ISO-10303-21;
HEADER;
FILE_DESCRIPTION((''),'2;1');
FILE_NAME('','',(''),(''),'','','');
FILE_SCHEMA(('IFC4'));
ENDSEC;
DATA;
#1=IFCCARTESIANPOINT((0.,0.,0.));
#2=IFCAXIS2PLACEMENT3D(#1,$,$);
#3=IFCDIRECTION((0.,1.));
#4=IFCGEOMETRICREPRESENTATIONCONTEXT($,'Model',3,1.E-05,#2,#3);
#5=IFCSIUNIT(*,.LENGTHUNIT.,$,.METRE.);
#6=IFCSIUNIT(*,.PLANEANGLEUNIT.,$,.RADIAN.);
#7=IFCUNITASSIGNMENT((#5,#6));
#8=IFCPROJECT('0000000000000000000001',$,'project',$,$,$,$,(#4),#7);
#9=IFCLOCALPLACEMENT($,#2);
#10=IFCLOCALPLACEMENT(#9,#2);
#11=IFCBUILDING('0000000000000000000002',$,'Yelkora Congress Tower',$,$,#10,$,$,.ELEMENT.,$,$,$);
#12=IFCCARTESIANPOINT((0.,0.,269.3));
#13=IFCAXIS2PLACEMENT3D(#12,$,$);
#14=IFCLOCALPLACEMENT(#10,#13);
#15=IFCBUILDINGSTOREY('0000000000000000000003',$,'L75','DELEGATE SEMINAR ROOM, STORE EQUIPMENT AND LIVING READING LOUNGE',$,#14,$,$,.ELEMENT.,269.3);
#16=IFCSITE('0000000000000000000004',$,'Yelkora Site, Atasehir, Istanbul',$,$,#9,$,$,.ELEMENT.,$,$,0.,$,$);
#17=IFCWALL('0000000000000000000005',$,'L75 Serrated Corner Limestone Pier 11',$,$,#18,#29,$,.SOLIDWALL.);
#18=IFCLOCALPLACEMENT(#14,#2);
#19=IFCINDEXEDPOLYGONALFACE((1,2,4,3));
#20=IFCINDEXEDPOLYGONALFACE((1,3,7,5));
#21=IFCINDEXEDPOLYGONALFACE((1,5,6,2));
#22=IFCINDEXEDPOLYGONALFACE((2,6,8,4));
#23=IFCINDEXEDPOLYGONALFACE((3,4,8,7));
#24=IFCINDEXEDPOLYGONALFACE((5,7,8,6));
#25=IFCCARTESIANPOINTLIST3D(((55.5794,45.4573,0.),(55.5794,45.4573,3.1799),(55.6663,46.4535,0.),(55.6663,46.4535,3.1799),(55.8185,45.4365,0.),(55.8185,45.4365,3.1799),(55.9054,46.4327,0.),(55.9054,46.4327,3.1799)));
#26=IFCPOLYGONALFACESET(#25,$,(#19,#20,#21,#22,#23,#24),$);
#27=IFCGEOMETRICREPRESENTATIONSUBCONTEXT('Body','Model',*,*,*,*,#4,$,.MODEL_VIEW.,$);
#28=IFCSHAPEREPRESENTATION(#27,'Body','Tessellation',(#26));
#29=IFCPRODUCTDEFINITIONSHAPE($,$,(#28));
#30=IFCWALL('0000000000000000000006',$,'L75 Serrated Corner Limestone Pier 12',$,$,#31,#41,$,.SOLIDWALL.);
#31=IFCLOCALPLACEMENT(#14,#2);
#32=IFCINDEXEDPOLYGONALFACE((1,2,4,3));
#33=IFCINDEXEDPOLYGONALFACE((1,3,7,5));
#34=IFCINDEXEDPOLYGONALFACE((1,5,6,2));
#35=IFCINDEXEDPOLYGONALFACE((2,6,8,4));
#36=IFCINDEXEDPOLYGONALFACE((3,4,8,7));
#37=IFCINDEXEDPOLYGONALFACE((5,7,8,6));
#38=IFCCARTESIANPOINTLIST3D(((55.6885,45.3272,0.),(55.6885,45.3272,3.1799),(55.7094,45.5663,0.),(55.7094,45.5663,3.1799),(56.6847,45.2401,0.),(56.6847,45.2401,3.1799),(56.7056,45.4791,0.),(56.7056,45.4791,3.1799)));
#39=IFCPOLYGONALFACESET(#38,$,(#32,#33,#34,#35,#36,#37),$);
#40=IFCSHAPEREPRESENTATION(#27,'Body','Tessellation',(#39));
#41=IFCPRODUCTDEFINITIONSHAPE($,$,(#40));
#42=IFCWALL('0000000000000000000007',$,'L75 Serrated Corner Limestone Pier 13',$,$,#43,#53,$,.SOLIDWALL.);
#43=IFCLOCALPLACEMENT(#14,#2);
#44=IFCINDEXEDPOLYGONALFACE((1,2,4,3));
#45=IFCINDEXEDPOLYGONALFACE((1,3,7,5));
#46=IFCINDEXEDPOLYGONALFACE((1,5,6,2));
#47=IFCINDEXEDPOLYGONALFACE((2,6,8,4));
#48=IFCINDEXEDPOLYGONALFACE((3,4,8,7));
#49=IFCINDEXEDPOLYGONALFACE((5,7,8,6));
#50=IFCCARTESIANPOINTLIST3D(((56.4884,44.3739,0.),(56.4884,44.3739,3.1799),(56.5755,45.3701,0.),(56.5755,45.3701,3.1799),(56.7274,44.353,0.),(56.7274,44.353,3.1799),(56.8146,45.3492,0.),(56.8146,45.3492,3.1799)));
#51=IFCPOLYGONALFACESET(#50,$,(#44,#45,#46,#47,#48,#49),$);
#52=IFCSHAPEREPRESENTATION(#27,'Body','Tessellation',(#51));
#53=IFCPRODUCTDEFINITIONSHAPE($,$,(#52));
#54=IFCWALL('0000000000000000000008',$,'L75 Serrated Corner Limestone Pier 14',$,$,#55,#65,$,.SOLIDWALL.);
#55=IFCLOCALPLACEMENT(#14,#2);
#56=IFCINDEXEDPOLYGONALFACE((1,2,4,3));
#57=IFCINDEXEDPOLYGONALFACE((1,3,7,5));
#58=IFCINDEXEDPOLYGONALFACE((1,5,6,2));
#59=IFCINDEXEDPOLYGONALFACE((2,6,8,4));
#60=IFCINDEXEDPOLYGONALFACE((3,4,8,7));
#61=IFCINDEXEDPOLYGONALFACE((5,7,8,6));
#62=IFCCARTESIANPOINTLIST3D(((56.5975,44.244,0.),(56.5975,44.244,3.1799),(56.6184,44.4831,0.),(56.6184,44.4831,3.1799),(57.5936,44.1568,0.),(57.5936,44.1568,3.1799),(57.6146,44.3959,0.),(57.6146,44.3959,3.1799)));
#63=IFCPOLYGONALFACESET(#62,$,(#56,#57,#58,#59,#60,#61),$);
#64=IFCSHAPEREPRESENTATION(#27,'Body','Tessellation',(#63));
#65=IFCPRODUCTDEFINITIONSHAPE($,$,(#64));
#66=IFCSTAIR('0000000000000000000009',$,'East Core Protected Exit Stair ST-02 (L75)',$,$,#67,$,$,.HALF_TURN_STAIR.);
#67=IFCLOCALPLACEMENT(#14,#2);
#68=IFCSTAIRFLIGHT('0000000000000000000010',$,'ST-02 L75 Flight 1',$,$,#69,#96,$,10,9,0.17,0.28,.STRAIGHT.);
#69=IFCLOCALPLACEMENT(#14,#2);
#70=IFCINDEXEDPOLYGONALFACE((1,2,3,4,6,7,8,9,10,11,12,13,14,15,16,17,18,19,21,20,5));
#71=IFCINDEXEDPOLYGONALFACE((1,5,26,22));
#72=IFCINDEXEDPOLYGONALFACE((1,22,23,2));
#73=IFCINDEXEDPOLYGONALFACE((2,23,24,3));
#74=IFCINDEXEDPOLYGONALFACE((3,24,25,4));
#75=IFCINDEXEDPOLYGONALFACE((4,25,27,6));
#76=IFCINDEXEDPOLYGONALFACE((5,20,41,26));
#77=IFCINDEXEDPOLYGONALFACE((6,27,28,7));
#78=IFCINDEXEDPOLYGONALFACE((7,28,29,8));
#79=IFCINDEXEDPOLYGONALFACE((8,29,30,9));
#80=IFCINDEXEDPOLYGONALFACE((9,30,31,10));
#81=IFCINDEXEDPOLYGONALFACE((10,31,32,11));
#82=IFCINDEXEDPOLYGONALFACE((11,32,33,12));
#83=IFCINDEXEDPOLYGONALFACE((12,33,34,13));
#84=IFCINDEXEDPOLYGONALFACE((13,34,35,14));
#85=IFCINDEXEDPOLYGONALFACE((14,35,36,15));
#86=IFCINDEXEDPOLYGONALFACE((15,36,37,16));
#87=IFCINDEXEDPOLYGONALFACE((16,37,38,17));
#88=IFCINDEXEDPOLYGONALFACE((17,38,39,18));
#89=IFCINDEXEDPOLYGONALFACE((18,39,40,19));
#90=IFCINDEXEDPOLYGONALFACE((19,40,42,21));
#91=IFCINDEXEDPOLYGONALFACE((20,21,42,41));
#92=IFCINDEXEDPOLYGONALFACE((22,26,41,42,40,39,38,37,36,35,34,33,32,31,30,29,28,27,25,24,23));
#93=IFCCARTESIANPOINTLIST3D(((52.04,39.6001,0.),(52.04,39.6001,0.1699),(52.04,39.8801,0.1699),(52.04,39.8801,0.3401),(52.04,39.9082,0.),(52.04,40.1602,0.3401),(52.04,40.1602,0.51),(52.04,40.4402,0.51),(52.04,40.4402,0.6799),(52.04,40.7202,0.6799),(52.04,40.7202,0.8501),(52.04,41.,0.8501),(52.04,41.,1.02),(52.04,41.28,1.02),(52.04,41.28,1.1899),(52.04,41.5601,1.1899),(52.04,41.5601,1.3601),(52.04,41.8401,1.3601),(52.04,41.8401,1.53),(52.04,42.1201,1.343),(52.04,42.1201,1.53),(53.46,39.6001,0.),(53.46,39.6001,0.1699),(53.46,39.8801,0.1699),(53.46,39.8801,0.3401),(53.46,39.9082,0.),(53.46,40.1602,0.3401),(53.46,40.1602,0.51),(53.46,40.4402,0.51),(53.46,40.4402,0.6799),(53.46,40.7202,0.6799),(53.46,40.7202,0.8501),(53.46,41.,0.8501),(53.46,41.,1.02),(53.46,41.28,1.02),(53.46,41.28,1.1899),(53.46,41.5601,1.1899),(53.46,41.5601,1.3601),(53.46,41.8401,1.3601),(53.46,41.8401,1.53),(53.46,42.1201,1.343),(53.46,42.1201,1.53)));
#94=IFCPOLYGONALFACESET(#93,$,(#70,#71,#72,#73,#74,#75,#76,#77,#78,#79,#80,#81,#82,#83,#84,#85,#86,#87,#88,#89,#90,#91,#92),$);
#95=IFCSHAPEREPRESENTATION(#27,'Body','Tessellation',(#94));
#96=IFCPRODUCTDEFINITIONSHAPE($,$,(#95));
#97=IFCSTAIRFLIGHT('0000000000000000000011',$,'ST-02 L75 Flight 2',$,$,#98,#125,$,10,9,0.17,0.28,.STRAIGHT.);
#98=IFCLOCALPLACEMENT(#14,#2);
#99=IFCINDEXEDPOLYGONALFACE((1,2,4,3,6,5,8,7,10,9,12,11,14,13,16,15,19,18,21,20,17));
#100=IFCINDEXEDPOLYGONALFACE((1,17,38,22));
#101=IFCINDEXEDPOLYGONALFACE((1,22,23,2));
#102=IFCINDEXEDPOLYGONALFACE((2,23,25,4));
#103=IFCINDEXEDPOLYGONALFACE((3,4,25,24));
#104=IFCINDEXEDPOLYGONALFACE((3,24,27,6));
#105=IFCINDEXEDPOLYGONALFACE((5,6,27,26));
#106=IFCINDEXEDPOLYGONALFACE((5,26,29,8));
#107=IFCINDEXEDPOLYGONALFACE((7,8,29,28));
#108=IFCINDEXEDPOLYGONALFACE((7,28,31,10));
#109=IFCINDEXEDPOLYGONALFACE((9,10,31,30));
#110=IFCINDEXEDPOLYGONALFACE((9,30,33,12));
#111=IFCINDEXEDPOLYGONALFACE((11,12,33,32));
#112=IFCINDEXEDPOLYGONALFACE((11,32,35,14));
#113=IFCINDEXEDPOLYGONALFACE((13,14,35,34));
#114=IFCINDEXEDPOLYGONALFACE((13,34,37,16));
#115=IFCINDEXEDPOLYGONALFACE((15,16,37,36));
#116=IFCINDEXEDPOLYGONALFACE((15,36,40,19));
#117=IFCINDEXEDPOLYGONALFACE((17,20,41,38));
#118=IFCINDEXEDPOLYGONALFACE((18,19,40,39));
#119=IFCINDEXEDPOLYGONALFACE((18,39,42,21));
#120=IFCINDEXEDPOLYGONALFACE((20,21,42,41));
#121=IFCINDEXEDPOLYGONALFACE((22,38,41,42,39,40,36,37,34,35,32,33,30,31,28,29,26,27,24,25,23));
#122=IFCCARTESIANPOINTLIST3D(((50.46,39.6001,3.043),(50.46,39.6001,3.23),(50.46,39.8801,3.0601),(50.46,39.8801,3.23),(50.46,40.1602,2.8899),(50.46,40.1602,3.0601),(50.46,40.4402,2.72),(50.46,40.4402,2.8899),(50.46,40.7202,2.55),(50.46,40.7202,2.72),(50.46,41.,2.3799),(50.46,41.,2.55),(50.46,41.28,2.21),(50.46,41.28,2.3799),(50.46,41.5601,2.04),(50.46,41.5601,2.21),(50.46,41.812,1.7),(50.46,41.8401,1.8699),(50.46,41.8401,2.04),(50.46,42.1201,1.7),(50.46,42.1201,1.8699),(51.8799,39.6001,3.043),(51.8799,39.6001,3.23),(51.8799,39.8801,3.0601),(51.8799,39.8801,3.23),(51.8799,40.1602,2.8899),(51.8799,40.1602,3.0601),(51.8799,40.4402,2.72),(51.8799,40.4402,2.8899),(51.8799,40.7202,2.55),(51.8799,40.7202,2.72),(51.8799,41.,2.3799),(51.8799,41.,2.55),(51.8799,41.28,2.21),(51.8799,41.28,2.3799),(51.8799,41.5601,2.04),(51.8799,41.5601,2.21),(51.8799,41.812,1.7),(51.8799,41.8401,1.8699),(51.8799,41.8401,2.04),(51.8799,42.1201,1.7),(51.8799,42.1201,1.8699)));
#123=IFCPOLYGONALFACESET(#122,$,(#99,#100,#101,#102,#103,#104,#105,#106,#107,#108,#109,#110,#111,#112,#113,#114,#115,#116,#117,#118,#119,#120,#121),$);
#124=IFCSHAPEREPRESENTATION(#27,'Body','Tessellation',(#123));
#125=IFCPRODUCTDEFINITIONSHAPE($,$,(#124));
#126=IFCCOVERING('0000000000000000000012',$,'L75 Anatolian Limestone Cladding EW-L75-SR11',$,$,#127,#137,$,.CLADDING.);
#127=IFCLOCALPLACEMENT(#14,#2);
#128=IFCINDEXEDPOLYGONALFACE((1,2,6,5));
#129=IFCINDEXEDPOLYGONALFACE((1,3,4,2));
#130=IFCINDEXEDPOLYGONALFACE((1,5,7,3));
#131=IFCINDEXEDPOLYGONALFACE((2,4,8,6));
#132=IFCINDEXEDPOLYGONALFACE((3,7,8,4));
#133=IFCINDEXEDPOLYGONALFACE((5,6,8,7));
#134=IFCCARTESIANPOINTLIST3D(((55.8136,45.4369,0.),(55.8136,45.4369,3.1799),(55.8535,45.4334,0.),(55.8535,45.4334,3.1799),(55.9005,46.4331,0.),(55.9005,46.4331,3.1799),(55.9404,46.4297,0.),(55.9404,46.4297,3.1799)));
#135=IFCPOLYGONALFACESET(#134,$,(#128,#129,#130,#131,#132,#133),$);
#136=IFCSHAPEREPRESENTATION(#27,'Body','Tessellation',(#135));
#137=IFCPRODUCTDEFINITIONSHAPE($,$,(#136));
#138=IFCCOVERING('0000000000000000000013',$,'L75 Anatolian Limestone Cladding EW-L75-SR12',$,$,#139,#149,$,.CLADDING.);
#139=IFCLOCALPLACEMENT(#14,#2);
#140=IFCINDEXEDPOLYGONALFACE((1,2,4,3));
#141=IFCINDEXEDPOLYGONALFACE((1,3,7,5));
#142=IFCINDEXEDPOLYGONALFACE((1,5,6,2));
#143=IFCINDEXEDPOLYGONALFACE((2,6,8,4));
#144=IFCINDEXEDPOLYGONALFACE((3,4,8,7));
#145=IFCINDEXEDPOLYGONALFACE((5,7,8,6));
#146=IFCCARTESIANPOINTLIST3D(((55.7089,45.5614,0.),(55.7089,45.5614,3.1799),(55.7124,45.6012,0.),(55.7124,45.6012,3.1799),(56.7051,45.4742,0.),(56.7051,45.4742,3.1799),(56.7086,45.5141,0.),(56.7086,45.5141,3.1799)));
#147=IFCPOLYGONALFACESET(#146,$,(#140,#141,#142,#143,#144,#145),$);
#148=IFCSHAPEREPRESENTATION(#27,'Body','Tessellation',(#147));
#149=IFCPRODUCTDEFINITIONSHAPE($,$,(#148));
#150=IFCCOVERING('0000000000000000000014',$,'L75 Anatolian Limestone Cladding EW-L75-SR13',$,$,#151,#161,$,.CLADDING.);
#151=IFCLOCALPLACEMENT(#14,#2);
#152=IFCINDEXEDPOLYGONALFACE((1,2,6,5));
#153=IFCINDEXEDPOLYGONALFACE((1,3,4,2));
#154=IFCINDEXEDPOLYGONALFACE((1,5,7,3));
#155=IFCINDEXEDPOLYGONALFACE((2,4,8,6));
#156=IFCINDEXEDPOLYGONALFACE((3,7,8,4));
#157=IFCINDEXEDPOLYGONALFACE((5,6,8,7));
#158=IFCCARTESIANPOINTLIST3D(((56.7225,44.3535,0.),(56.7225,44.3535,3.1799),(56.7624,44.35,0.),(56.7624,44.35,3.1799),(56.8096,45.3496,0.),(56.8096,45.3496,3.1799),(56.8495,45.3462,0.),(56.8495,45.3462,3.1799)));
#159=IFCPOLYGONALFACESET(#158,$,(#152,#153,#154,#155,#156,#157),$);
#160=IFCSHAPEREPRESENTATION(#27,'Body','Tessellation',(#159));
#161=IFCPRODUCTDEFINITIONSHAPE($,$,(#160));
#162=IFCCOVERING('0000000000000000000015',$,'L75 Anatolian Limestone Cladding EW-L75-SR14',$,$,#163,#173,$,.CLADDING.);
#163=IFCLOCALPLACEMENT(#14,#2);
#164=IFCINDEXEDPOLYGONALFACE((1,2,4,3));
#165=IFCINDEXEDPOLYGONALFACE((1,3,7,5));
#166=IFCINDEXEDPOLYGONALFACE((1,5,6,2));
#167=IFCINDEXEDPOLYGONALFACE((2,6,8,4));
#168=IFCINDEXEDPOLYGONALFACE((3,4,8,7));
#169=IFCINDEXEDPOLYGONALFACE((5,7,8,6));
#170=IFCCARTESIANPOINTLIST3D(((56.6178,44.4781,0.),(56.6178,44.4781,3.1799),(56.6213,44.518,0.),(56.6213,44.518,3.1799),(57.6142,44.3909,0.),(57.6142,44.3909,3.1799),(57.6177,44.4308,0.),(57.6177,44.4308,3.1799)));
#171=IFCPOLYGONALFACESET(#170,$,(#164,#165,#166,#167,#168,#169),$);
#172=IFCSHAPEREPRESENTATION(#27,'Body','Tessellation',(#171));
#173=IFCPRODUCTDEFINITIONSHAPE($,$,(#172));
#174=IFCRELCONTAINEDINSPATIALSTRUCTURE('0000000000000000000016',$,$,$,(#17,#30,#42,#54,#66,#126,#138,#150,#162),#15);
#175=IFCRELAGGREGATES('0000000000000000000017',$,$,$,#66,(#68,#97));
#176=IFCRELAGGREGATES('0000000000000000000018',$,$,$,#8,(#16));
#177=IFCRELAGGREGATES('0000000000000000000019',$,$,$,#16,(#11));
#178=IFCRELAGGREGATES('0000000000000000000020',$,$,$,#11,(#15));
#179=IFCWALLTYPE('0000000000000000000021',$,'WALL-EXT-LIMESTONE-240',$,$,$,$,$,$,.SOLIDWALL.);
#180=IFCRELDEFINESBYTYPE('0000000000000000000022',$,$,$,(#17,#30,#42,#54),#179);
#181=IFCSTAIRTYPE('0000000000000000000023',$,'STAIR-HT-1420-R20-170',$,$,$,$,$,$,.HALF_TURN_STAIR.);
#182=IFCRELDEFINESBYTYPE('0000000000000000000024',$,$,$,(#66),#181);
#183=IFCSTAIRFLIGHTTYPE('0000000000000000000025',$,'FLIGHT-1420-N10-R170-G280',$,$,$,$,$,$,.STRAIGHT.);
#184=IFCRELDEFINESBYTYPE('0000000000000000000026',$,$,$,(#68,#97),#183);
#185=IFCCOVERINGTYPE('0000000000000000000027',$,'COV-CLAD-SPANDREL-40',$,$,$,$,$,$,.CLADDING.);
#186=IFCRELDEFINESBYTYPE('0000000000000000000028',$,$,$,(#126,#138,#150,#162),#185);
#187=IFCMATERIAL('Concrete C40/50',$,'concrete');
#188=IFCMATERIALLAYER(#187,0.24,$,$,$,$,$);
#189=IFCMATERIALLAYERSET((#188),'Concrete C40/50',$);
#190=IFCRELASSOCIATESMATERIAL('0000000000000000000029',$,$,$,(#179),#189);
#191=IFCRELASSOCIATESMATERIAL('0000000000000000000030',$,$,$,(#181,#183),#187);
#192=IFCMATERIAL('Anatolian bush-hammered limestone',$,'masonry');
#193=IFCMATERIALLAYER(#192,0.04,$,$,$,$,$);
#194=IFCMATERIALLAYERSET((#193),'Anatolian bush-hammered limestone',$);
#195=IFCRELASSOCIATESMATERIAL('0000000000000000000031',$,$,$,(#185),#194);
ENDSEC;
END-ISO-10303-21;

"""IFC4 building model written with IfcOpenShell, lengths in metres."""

from ifc_helpers import new_model, si_unit, direction, frame, frame_2d, origin, place, context, subcontext, project, spatial, polyline, rectangle, outline, extrude, material, layer, layer_set, type_object, element, aggregate, save


model = new_model("IFC4")

# Units and contexts
model_context = context("Model", 3, precision=1e-05, world=origin(), true_north=direction((0.0, 1.0)))
body_context = subcontext(model_context, "Body", "Model", "MODEL_VIEW")
ifc_project = project(units=[si_unit("LENGTHUNIT", "METRE"), si_unit("PLANEANGLEUNIT", "RADIAN")], contexts=[model_context])

# Site, building, storey
site_placement = place(None, origin())
site = spatial("IfcSite", under=ifc_project, at=site_placement, Name="Yelkora Site, Atasehir, Istanbul", CompositionType="ELEMENT", RefElevation=0.0)
building_placement = place(site_placement, origin())
building = spatial("IfcBuilding", under=site, at=building_placement, Name="Yelkora Congress Tower", CompositionType="ELEMENT")
storey_placement = place(building_placement, frame((0.0, 0.0, 269.3)))
storey = spatial("IfcBuildingStorey", under=building, at=storey_placement, Name="L75", Description="DELEGATE SEMINAR ROOM, STORE EQUIPMENT AND LIVING READING LOUNGE", CompositionType="ELEMENT", Elevation=269.3)

# Walls
ifc_material_1 = material(Name="Concrete C40/50", Category="concrete")
ifc_layer_1 = layer(ifc_material_1, 0.24)
ifc_layer_set_1 = layer_set([ifc_layer_1], Name="Concrete C40/50")
wall_type_1 = type_object("IfcWallType", Name="WALL-EXT-LIMESTONE-240", PredefinedType="SOLIDWALL", material=ifc_layer_set_1)
for number, where, z_axis, x_axis, name in (
    (1, (55.7859, 46.4431, 0.0), (0.0, 0.0, 1.0), (-0.086903, -0.996217, 0.0), "L75 Serrated Corner Limestone Pier 11"),
    (2, (55.699, 45.4468, 0.0), (0.0, 0.0, 1.0), (0.996194, -0.087167, 0.0), "L75 Serrated Corner Limestone Pier 12"),
    (3, (56.6951, 45.3596, 0.0), (0.0, 0.0, 1.0), (-0.087167, -0.996194, 0.0), "L75 Serrated Corner Limestone Pier 13"),
    (4, (56.6079, 44.3635, 0.0), (0.0, 0.0, 1.0), (0.996194, -0.087167, 0.0), "L75 Serrated Corner Limestone Pier 14"),
):
    element("IfcWall", number, at=place(storey_placement, frame(where, z_axis=z_axis, x_axis=x_axis)), inside=storey, type_object=wall_type_1, Name=name, PredefinedType="SOLIDWALL", context=body_context, shape_type="SweptSolid", body=[
        extrude(rectangle(XDim=1.0, YDim=0.24, at=frame_2d((0.5, 0.0))), origin(), (0.0, 0.0, 1.0), 3.1799),
    ])

# Stair, stair flights
stair_type = type_object("IfcStairType", Name="STAIR-HT-1420-R20-170", PredefinedType="HALF_TURN_STAIR", material=ifc_material_1)
stair_placement = place(storey_placement, origin())
stair = element("IfcStair", 5, at=stair_placement, inside=storey, type_object=stair_type, Name="East Core Protected Exit Stair ST-02 (L75)", PredefinedType="HALF_TURN_STAIR")
stair_flight_type = type_object("IfcStairFlightType", Name="FLIGHT-1420-N10-R170-G280", PredefinedType="STRAIGHT", material=ifc_material_1)
stair_flight_1_placement = place(storey_placement, frame((52.75, 39.6001, 0.0), z_axis=(0.0, 0.0, 1.0), x_axis=(0.0, 1.0, 0.0)))
stair_flight_1 = element("IfcStairFlight", 6, at=stair_flight_1_placement, type_object=stair_flight_type, Name="ST-02 L75 Flight 1", NumberOfRisers=10, NumberOfTreads=9, PredefinedType="STRAIGHT", RiserHeight=0.17, TreadLength=0.28, context=body_context, shape_type="SweptSolid", body=[
    extrude(outline(polyline([(0.0, 0.0), (0.0, 0.1699), (0.28, 0.1699), (0.28, 0.3401), (0.5601, 0.3401), (0.5601, 0.51), (0.8401, 0.51), (0.8401, 0.6799), (1.1201, 0.6799), (1.1201, 0.8501), (1.3999, 0.8501), (1.3999, 1.02), (1.6799, 1.02), (1.6799, 1.1899), (1.96, 1.1899), (1.96, 1.3601), (2.24, 1.3601), (2.24, 1.53), (2.52, 1.53), (2.52, 1.7), (2.52, 1.343), (0.3081, 0.0), (0.0, 0.0)])), frame((0.0, 0.71, 0.0), z_axis=(0.0, -1.0, 0.0), x_axis=(1.0, 0.0, 0.0)), (0.0, 0.0, 1.0), 1.4199),
])
stair_flight_2_placement = place(storey_placement, frame((51.1699, 42.1201, 1.7), z_axis=(0.0, 0.0, 1.0), x_axis=(0.0, -1.0, 0.0)))
stair_flight_2 = element("IfcStairFlight", 7, at=stair_flight_2_placement, type_object=stair_flight_type, Name="ST-02 L75 Flight 2", NumberOfRisers=10, NumberOfTreads=9, PredefinedType="STRAIGHT", RiserHeight=0.17, TreadLength=0.28, context=body_context, shape_type="SweptSolid", body=[
    extrude(outline(polyline([(0.0, 0.0), (0.0, 0.1699), (0.28, 0.1699), (0.28, 0.3401), (0.5601, 0.3401), (0.5601, 0.51), (0.8401, 0.51), (0.8401, 0.6799), (1.1201, 0.6799), (1.1201, 0.8501), (1.3999, 0.8501), (1.3999, 1.02), (1.6799, 1.02), (1.6799, 1.1899), (1.96, 1.1899), (1.96, 1.3601), (2.24, 1.3601), (2.24, 1.53), (2.52, 1.53), (2.52, 1.7), (2.52, 1.343), (0.3081, 0.0), (0.0, 0.0)])), frame((0.0, 0.71, 0.0), z_axis=(0.0, -1.0, 0.0), x_axis=(1.0, 0.0, 0.0)), (0.0, 0.0, 1.0), 1.4199),
])
aggregate(stair, [stair_flight_1, stair_flight_2])

# Coverings
ifc_material_2 = material(Name="Anatolian bush-hammered limestone", Category="masonry")
ifc_layer_2 = layer(ifc_material_2, 0.04)
ifc_layer_set_2 = layer_set([ifc_layer_2], Name="Anatolian bush-hammered limestone")
covering_type = type_object("IfcCoveringType", Name="COV-CLAD-SPANDREL-40", PredefinedType="CLADDING", material=ifc_layer_set_2)
for number, where, z_axis, x_axis, name in (
    (8, (55.9204, 46.4314, 0.0), (0.0, 0.0, 1.0), (-0.086903, -0.996217, 0.0), "L75 Anatolian Limestone Cladding EW-L75-SR11"),
    (9, (55.7107, 45.5813, 0.0), (0.0, 0.0, 1.0), (0.996194, -0.087167, 0.0), "L75 Anatolian Limestone Cladding EW-L75-SR12"),
    (10, (56.8296, 45.3479, 0.0), (0.0, 0.0, 1.0), (-0.087167, -0.996194, 0.0), "L75 Anatolian Limestone Cladding EW-L75-SR13"),
):
    element("IfcCovering", number, at=place(storey_placement, frame(where, z_axis=z_axis, x_axis=x_axis)), inside=storey, type_object=covering_type, Name=name, PredefinedType="CLADDING", context=body_context, shape_type="SweptSolid", body=[
        extrude(rectangle(XDim=1.0, YDim=0.04, at=frame_2d((0.5, 0.0))), origin(), (0.0, 0.0, 1.0), 3.1799),
    ])
covering_placement = place(storey_placement, frame((56.6196, 44.498, 0.0), z_axis=(0.0, 0.0, 1.0), x_axis=(0.996196, -0.087146, 0.0)))
element("IfcCovering", 11, at=covering_placement, inside=storey, type_object=covering_type, Name="L75 Anatolian Limestone Cladding EW-L75-SR14", PredefinedType="CLADDING", context=body_context, shape_type="SweptSolid", body=[
    extrude(rectangle(XDim=1.0002, YDim=0.04, at=frame_2d((0.5, 0.0))), origin(), (0.0, 0.0, 1.0), 3.1799),
])

save(model, "model.ifc")
